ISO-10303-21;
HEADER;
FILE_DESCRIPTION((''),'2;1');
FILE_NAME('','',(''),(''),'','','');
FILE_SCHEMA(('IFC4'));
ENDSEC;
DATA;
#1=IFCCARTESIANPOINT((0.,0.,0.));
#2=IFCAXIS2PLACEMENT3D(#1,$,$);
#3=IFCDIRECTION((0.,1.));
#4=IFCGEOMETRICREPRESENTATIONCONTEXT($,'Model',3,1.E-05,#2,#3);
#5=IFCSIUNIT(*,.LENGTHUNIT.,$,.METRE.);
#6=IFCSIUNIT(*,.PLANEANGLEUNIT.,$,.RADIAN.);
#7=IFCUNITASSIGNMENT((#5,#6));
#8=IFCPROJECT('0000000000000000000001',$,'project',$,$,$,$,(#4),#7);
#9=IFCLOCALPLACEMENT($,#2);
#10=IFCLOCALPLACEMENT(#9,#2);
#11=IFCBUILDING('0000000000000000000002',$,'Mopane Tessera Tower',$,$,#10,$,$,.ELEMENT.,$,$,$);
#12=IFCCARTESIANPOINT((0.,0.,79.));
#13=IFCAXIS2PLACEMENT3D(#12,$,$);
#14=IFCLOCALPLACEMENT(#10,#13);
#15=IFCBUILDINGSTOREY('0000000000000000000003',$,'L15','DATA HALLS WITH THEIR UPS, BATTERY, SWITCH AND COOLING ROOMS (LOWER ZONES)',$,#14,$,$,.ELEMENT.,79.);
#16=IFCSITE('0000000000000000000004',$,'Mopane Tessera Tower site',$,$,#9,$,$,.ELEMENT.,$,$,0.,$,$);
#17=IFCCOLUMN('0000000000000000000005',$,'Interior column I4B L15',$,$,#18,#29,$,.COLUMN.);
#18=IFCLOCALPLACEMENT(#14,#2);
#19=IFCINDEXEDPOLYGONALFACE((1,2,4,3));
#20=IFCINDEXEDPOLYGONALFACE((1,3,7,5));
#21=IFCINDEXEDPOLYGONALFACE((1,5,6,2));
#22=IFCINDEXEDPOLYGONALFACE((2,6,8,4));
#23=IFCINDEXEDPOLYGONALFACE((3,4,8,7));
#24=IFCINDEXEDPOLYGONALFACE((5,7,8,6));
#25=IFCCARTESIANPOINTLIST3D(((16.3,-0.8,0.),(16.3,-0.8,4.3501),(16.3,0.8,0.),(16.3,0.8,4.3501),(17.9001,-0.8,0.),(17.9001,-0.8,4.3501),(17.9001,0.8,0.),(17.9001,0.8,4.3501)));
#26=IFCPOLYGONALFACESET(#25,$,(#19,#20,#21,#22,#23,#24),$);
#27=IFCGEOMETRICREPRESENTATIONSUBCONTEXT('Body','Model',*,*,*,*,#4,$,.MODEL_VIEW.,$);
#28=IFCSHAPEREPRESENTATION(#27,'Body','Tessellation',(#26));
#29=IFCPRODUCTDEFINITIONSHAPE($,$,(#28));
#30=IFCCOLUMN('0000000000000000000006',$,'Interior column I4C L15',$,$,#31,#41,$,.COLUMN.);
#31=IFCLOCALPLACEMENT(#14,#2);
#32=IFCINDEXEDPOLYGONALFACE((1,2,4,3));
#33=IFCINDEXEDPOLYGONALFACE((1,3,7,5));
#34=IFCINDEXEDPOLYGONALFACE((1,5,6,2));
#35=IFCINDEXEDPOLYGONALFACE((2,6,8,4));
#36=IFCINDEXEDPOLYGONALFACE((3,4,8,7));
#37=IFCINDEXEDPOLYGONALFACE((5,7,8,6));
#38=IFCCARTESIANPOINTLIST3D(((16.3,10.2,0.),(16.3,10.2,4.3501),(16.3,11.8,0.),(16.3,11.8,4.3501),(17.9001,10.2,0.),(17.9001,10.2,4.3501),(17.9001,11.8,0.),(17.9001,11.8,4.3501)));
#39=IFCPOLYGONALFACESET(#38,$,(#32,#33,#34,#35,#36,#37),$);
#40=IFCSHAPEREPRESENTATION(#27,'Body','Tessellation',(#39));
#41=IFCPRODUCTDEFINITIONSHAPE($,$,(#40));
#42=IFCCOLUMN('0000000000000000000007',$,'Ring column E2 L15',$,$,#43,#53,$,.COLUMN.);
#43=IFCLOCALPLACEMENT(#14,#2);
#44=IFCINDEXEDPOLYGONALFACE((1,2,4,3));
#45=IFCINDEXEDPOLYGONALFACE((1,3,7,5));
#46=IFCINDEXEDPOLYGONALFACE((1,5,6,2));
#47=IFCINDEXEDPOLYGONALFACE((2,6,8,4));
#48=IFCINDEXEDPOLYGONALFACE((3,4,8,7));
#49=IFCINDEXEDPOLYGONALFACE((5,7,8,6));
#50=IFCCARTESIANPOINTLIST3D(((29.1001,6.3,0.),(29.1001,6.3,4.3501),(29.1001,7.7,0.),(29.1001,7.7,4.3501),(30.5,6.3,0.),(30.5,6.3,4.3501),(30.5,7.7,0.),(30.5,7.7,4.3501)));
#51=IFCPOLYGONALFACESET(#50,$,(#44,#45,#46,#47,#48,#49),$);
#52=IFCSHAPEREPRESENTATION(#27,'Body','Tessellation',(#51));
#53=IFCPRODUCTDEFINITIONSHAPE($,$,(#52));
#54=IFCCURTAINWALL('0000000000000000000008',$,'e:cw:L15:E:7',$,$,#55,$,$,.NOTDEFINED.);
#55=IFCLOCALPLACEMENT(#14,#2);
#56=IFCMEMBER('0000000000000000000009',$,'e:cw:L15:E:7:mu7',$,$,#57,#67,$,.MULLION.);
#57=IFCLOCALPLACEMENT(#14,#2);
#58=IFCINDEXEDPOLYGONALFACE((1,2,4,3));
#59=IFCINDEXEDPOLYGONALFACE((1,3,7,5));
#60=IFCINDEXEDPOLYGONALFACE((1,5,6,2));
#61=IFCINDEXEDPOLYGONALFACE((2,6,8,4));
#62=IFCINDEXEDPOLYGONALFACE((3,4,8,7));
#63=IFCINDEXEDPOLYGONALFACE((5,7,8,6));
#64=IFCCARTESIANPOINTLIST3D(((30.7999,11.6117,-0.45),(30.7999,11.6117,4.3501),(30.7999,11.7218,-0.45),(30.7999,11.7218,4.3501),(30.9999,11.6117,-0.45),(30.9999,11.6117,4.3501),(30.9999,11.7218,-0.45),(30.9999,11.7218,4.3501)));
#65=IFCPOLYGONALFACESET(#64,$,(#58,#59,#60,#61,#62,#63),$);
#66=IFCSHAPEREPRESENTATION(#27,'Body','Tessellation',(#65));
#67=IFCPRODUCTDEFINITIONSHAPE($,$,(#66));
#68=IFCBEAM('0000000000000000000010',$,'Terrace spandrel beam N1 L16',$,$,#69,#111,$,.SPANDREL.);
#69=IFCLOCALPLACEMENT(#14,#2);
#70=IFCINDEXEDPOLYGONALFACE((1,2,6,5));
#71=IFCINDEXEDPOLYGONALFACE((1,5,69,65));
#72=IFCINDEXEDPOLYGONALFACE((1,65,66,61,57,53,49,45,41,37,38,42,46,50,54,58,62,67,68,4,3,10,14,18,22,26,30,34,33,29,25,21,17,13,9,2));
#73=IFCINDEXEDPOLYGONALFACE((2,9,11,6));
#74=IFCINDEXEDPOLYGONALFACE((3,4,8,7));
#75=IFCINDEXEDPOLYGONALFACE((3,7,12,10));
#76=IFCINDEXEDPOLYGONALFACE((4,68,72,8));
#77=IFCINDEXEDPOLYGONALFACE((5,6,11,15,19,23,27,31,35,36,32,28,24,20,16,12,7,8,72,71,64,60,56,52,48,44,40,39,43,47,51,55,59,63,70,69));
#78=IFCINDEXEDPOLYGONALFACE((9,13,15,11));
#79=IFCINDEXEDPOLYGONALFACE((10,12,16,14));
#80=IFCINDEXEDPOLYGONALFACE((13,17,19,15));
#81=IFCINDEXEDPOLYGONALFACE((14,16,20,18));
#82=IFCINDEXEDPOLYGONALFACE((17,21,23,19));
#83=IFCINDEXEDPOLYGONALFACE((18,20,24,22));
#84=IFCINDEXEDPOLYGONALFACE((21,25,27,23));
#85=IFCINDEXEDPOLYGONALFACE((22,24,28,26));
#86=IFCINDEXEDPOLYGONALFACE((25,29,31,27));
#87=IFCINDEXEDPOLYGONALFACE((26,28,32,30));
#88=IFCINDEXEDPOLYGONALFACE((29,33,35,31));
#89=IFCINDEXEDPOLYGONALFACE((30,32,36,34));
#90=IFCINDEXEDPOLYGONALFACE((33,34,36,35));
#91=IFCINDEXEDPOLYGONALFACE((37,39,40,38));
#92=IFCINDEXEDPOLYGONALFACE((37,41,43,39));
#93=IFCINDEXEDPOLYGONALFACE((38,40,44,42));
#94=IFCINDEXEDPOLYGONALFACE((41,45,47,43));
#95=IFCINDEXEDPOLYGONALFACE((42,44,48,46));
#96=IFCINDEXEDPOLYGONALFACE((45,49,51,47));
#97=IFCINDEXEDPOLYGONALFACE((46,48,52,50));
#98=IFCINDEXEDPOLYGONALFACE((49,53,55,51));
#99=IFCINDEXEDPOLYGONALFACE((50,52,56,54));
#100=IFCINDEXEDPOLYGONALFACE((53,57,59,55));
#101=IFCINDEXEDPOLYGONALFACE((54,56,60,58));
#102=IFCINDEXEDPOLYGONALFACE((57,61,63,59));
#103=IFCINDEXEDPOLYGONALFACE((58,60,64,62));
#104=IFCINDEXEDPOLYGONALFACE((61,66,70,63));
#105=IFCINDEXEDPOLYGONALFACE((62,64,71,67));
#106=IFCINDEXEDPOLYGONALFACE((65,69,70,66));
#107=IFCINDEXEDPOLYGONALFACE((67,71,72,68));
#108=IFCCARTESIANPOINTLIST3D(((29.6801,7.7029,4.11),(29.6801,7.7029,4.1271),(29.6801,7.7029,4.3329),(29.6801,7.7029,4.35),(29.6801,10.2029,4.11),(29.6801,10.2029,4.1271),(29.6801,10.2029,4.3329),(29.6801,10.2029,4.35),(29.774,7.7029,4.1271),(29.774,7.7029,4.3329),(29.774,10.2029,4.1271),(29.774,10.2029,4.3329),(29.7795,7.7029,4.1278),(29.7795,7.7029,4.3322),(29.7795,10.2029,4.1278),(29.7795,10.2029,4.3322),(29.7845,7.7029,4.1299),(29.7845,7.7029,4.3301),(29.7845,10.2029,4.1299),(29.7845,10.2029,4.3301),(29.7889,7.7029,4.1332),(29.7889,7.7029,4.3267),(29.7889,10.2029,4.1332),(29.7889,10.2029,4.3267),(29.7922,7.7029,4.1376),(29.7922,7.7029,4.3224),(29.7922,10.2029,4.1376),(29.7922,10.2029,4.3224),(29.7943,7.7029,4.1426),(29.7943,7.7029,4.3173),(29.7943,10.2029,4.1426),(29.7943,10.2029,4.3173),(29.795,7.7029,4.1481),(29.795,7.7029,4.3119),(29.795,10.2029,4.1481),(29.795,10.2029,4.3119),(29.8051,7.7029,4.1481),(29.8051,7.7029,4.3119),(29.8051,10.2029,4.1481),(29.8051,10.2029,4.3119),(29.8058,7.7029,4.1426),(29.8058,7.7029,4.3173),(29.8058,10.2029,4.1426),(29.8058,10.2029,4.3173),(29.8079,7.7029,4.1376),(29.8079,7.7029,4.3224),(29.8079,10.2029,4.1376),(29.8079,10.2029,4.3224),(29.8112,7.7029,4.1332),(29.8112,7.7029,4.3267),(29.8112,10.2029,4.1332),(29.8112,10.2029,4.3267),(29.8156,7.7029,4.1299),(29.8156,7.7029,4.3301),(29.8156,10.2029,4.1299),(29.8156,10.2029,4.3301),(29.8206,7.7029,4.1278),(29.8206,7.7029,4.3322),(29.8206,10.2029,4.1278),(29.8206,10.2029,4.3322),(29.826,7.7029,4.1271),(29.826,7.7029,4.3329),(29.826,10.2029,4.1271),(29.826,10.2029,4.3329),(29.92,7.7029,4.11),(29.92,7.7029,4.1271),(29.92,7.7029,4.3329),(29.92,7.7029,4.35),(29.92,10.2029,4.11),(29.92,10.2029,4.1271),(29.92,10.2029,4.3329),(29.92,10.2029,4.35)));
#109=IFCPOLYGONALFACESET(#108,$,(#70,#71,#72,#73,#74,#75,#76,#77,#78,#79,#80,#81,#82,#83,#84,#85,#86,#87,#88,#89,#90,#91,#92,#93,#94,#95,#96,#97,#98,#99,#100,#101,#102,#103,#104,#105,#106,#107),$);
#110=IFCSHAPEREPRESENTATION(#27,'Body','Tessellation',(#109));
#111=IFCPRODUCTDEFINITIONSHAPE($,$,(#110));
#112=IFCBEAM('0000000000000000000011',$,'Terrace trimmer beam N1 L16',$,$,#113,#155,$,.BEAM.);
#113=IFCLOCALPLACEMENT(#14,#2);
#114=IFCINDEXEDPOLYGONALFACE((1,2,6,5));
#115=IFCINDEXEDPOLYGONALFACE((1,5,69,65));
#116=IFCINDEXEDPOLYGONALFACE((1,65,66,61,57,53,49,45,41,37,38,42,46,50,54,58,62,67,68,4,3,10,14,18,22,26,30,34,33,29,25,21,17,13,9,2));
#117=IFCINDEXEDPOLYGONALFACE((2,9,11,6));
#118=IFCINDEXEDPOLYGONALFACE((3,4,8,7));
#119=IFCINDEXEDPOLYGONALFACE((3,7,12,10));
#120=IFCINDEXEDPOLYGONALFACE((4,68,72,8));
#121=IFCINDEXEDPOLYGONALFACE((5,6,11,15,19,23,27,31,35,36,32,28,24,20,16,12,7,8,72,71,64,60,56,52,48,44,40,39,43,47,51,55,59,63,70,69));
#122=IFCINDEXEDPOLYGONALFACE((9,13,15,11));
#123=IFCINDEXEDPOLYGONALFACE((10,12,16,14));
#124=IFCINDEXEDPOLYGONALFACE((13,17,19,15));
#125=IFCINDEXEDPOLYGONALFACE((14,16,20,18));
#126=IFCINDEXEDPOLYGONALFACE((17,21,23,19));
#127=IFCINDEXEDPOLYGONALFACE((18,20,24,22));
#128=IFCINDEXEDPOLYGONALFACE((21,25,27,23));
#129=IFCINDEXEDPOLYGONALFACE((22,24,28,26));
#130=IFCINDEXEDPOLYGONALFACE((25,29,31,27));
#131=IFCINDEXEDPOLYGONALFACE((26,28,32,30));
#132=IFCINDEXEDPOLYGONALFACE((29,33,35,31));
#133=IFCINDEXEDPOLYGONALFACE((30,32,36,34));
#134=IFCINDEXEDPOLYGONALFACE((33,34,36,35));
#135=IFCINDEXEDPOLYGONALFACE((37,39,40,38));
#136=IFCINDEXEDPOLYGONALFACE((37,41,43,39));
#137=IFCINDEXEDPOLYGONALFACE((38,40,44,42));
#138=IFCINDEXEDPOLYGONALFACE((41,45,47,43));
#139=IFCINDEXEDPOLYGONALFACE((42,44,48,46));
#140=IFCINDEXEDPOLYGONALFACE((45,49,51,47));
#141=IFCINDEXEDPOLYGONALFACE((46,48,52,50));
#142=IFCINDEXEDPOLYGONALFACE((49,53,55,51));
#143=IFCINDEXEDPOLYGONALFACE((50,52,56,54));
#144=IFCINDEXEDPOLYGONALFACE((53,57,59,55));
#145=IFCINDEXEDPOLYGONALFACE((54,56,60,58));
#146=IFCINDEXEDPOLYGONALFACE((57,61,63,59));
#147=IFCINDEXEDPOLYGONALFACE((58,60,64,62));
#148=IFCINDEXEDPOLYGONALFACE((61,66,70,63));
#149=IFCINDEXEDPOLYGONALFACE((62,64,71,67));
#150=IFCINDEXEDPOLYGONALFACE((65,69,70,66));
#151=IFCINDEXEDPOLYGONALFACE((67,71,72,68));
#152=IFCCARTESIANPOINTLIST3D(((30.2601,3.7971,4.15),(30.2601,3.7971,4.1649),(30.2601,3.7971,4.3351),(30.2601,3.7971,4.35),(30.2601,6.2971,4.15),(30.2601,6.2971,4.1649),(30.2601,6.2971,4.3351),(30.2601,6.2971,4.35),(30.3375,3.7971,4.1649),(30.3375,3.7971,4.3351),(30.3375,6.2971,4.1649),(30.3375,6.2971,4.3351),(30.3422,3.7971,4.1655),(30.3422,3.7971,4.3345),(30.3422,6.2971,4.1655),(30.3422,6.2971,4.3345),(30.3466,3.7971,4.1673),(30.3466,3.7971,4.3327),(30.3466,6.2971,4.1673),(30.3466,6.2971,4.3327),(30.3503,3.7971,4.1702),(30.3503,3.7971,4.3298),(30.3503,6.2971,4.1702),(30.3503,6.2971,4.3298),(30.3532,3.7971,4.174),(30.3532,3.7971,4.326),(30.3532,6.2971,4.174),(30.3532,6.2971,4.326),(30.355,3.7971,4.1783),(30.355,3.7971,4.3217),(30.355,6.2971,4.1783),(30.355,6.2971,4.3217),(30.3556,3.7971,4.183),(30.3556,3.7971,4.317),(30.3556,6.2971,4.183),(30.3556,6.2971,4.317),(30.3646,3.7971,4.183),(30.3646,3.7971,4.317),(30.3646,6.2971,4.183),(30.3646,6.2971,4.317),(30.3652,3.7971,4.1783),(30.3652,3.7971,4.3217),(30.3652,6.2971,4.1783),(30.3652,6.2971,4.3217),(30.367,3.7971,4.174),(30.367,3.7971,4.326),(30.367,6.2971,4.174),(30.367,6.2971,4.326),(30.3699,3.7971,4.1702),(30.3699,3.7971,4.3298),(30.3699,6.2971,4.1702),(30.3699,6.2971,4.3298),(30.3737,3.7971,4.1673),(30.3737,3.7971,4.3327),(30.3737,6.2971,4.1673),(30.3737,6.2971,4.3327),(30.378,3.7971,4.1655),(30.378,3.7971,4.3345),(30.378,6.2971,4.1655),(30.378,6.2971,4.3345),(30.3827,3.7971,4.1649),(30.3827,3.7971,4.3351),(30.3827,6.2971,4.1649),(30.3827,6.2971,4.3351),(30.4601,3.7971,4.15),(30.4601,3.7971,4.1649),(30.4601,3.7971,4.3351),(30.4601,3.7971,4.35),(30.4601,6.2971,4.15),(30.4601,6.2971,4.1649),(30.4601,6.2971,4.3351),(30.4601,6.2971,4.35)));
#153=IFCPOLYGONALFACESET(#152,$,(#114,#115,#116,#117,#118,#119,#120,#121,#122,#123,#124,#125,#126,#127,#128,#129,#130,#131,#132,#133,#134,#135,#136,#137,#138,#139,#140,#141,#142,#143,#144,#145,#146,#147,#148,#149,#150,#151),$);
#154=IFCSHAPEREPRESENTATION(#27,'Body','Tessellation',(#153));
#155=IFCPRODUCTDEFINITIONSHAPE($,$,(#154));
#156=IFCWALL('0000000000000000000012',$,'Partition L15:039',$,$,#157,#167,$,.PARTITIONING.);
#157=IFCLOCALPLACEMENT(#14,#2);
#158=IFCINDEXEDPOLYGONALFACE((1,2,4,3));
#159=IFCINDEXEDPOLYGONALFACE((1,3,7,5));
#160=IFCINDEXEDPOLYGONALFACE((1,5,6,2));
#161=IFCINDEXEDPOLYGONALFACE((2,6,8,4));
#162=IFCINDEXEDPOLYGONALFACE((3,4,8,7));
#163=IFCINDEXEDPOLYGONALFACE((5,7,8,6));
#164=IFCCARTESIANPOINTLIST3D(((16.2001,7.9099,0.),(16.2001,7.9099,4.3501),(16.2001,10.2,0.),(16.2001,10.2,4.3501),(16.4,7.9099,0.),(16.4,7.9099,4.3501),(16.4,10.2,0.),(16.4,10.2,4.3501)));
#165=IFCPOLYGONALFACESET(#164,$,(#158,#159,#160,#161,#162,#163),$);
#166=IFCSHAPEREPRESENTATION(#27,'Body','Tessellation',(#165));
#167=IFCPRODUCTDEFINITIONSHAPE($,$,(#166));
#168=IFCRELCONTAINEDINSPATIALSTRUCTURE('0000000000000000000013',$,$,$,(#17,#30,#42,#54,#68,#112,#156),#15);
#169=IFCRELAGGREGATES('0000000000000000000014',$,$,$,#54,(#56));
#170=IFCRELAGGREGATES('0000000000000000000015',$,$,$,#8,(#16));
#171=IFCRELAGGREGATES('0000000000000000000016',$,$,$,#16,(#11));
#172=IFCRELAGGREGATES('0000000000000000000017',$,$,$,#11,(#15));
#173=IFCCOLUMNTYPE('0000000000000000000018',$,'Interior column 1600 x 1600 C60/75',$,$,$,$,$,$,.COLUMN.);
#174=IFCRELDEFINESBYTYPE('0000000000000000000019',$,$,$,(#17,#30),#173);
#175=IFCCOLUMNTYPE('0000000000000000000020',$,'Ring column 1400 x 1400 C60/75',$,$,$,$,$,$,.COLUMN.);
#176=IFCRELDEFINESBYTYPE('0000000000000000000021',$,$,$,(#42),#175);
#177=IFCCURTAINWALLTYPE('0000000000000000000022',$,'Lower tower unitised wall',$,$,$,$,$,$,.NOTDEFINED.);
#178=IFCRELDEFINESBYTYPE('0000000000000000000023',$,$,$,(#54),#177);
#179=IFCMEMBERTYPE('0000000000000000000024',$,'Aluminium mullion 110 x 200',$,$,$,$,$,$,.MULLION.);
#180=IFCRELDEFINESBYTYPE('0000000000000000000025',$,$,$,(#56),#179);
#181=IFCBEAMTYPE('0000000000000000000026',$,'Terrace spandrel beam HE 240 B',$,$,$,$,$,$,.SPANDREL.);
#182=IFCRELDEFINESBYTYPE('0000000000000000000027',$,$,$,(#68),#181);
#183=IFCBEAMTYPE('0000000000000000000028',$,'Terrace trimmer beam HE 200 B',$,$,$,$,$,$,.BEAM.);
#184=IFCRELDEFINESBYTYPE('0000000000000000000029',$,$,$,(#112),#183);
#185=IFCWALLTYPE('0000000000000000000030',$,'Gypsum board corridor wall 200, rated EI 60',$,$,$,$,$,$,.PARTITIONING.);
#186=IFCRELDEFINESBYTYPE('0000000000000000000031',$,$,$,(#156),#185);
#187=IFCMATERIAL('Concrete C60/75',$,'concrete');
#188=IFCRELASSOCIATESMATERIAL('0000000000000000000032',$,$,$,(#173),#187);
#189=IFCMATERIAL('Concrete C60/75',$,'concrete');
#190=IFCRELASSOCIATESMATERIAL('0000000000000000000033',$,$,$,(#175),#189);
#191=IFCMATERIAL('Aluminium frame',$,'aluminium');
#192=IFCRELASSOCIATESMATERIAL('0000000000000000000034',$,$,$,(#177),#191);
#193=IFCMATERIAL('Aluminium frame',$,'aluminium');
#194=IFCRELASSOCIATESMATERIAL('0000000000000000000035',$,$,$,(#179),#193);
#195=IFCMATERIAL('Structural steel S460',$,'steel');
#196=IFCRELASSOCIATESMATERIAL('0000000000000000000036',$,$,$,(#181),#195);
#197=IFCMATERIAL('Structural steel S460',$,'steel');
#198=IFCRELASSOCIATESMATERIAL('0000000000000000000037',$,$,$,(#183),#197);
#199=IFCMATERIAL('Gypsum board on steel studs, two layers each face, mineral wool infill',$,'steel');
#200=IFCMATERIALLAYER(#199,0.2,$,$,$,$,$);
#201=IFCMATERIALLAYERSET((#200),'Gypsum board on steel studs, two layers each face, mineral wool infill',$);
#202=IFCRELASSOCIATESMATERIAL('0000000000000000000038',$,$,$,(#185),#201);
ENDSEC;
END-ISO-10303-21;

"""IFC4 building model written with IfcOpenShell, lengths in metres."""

from ifc_helpers import new_model, si_unit, direction, frame, frame_2d, origin, origin_2d, place, context, subcontext, project, spatial, rectangle, i_section, extrude, material, layer, layer_set, material_profile, profile_set, type_object, element, aggregate, save


model = new_model("IFC4")

# Units and contexts
model_context = context("Model", 3, precision=1e-05, world=origin(), true_north=direction((0.0, 1.0)))
body_context = subcontext(model_context, "Body", "Model", "MODEL_VIEW")
ifc_project = project(units=[si_unit("LENGTHUNIT", "METRE"), si_unit("PLANEANGLEUNIT", "RADIAN")], contexts=[model_context])

# Site, building, storey
site_placement = place(None, origin())
site = spatial("IfcSite", under=ifc_project, at=site_placement, Name="Mopane Tessera Tower site", CompositionType="ELEMENT", RefElevation=0.0)
building_placement = place(site_placement, origin())
building = spatial("IfcBuilding", under=site, at=building_placement, Name="Mopane Tessera Tower", CompositionType="ELEMENT")
storey_placement = place(building_placement, frame((0.0, 0.0, 79.0)))
storey = spatial("IfcBuildingStorey", under=building, at=storey_placement, Name="L15", Description="DATA HALLS WITH THEIR UPS, BATTERY, SWITCH AND COOLING ROOMS (LOWER ZONES)", CompositionType="ELEMENT", Elevation=79.0)

# Columns
ifc_material_1 = material(Name="Concrete C60/75", Category="concrete")
ifc_material_profile_1 = material_profile(ifc_material_1, rectangle(XDim=1.6001, YDim=1.6001, at=origin_2d()))
ifc_profile_set_1 = profile_set([ifc_material_profile_1], Name="Concrete C60/75")
column_type_1 = type_object("IfcColumnType", Name="Interior column 1600 x 1600 C60/75", PredefinedType="COLUMN", material=ifc_profile_set_1)
for number, where, z_axis, x_axis, name in (
    (1, (17.1001, 0.0, 0.0), (0.0, 0.0, 1.0), (1.0, 0.0, 0.0), "Interior column I4B L15"),
    (2, (17.1001, 11.0, 0.0), (0.0, 0.0, 1.0), (1.0, 0.0, 0.0), "Interior column I4C L15"),
):
    element("IfcColumn", number, at=place(storey_placement, frame(where, z_axis=z_axis, x_axis=x_axis)), inside=storey, type_object=column_type_1, Name=name, PredefinedType="COLUMN", context=body_context, shape_type="SweptSolid", body=[
        extrude(rectangle(XDim=1.6001, YDim=1.6001, at=origin_2d()), origin(), (0.0, 0.0, 1.0), 4.3501),
    ])
ifc_material_2 = material(Name="Concrete C60/75", Category="concrete")
ifc_material_profile_2 = material_profile(ifc_material_2, rectangle(XDim=1.3999, YDim=1.3999, at=origin_2d()))
ifc_profile_set_2 = profile_set([ifc_material_profile_2], Name="Concrete C60/75")
column_type_2 = type_object("IfcColumnType", Name="Ring column 1400 x 1400 C60/75", PredefinedType="COLUMN", material=ifc_profile_set_2)
column_placement = place(storey_placement, frame((29.8, 7.0, 0.0), z_axis=(0.0, 0.0, 1.0), x_axis=(1.0, 0.0, 0.0)))
element("IfcColumn", 3, at=column_placement, inside=storey, type_object=column_type_2, Name="Ring column E2 L15", PredefinedType="COLUMN", context=body_context, shape_type="SweptSolid", body=[
    extrude(rectangle(XDim=1.3999, YDim=1.3999, at=origin_2d()), origin(), (0.0, 0.0, 1.0), 4.3501),
])

# Curtain wall, member
ifc_material_3 = material(Name="Aluminium frame", Category="aluminium")
curtain_wall_type = type_object("IfcCurtainWallType", Name="Lower tower unitised wall", PredefinedType="NOTDEFINED", material=ifc_material_3)
curtain_wall_placement = place(storey_placement, origin())
curtain_wall = element("IfcCurtainWall", 4, at=curtain_wall_placement, inside=storey, type_object=curtain_wall_type, Name="e:cw:L15:E:7", PredefinedType="NOTDEFINED")
ifc_material_4 = material(Name="Aluminium frame", Category="aluminium")
ifc_material_profile_3 = material_profile(ifc_material_4, rectangle(XDim=0.1101, YDim=0.2, at=origin_2d()))
ifc_profile_set_3 = profile_set([ifc_material_profile_3], Name="Aluminium frame")
member_type = type_object("IfcMemberType", Name="Aluminium mullion 110 x 200", PredefinedType="MULLION", material=ifc_profile_set_3)
member_placement = place(storey_placement, frame((30.8999, 11.6667, -0.45), z_axis=(0.0, 0.0, 1.0), x_axis=(0.0, 1.0, 0.0)))
member = element("IfcMember", 5, at=member_placement, type_object=member_type, Name="e:cw:L15:E:7:mu7", PredefinedType="MULLION", context=body_context, shape_type="SweptSolid", body=[
    extrude(rectangle(XDim=0.1101, YDim=0.2, at=origin_2d()), origin(), (0.0, 0.0, 1.0), 4.8),
])
aggregate(curtain_wall, [member])

# Beams
ifc_material_5 = material(Name="Structural steel S460", Category="steel")
ifc_material_profile_4 = material_profile(ifc_material_5, i_section(OverallWidth=0.24, OverallDepth=0.24, WebThickness=0.01, FlangeThickness=0.0171, FilletRadius=0.021, at=origin_2d()))
ifc_profile_set_4 = profile_set([ifc_material_profile_4], Name="Structural steel S460")
beam_type_1 = type_object("IfcBeamType", Name="Terrace spandrel beam HE 240 B", PredefinedType="SPANDREL", material=ifc_profile_set_4)
beam_1_placement = place(storey_placement, frame((29.8, 7.7029, 4.23), z_axis=(0.0, 1.0, 0.0), x_axis=(-1.0, 0.0, 0.0)))
element("IfcBeam", 6, at=beam_1_placement, inside=storey, type_object=beam_type_1, Name="Terrace spandrel beam N1 L16", PredefinedType="SPANDREL", context=body_context, shape_type="SweptSolid", body=[
    extrude(i_section(OverallWidth=0.24, OverallDepth=0.24, WebThickness=0.01, FlangeThickness=0.0171, FilletRadius=0.021, at=origin_2d()), origin(), (0.0, 0.0, 1.0), 2.5),
])
ifc_material_6 = material(Name="Structural steel S460", Category="steel")
ifc_material_profile_5 = material_profile(ifc_material_6, i_section(OverallWidth=0.2, OverallDepth=0.2, WebThickness=0.009, FlangeThickness=0.0149, FilletRadius=0.0181, at=origin_2d()))
ifc_profile_set_5 = profile_set([ifc_material_profile_5], Name="Structural steel S460")
beam_type_2 = type_object("IfcBeamType", Name="Terrace trimmer beam HE 200 B", PredefinedType="BEAM", material=ifc_profile_set_5)
beam_2_placement = place(storey_placement, frame((30.3601, 6.2971, 4.25), z_axis=(0.0, -1.0, 0.0), x_axis=(1.0, 0.0, 0.0)))
element("IfcBeam", 7, at=beam_2_placement, inside=storey, type_object=beam_type_2, Name="Terrace trimmer beam N1 L16", PredefinedType="BEAM", context=body_context, shape_type="SweptSolid", body=[
    extrude(i_section(OverallWidth=0.2, OverallDepth=0.2, WebThickness=0.009, FlangeThickness=0.0149, FilletRadius=0.0181, at=origin_2d()), origin(), (0.0, 0.0, 1.0), 2.5),
])

# Wall
ifc_material_7 = material(Name="Gypsum board on steel studs, two layers each face, mineral wool infill", Category="steel")
ifc_layer_1 = layer(ifc_material_7, 0.2)
ifc_layer_set_1 = layer_set([ifc_layer_1], Name="Gypsum board on steel studs, two layers each face, mineral wool infill")
wall_type_1 = type_object("IfcWallType", Name="Gypsum board corridor wall 200, rated EI 60", PredefinedType="PARTITIONING", material=ifc_layer_set_1)
wall_1_placement = place(storey_placement, frame((16.3, 7.9099, 0.0), z_axis=(0.0, 0.0, 1.0), x_axis=(0.0, 1.0, 0.0)))
element("IfcWall", 8, at=wall_1_placement, inside=storey, type_object=wall_type_1, Name="Partition L15:039", PredefinedType="PARTITIONING", context=body_context, shape_type="SweptSolid", body=[
    extrude(rectangle(XDim=2.29, YDim=0.2, at=frame_2d((1.145, 0.0))), origin(), (0.0, 0.0, 1.0), 4.3501),
])

save(model, "model.ifc")
